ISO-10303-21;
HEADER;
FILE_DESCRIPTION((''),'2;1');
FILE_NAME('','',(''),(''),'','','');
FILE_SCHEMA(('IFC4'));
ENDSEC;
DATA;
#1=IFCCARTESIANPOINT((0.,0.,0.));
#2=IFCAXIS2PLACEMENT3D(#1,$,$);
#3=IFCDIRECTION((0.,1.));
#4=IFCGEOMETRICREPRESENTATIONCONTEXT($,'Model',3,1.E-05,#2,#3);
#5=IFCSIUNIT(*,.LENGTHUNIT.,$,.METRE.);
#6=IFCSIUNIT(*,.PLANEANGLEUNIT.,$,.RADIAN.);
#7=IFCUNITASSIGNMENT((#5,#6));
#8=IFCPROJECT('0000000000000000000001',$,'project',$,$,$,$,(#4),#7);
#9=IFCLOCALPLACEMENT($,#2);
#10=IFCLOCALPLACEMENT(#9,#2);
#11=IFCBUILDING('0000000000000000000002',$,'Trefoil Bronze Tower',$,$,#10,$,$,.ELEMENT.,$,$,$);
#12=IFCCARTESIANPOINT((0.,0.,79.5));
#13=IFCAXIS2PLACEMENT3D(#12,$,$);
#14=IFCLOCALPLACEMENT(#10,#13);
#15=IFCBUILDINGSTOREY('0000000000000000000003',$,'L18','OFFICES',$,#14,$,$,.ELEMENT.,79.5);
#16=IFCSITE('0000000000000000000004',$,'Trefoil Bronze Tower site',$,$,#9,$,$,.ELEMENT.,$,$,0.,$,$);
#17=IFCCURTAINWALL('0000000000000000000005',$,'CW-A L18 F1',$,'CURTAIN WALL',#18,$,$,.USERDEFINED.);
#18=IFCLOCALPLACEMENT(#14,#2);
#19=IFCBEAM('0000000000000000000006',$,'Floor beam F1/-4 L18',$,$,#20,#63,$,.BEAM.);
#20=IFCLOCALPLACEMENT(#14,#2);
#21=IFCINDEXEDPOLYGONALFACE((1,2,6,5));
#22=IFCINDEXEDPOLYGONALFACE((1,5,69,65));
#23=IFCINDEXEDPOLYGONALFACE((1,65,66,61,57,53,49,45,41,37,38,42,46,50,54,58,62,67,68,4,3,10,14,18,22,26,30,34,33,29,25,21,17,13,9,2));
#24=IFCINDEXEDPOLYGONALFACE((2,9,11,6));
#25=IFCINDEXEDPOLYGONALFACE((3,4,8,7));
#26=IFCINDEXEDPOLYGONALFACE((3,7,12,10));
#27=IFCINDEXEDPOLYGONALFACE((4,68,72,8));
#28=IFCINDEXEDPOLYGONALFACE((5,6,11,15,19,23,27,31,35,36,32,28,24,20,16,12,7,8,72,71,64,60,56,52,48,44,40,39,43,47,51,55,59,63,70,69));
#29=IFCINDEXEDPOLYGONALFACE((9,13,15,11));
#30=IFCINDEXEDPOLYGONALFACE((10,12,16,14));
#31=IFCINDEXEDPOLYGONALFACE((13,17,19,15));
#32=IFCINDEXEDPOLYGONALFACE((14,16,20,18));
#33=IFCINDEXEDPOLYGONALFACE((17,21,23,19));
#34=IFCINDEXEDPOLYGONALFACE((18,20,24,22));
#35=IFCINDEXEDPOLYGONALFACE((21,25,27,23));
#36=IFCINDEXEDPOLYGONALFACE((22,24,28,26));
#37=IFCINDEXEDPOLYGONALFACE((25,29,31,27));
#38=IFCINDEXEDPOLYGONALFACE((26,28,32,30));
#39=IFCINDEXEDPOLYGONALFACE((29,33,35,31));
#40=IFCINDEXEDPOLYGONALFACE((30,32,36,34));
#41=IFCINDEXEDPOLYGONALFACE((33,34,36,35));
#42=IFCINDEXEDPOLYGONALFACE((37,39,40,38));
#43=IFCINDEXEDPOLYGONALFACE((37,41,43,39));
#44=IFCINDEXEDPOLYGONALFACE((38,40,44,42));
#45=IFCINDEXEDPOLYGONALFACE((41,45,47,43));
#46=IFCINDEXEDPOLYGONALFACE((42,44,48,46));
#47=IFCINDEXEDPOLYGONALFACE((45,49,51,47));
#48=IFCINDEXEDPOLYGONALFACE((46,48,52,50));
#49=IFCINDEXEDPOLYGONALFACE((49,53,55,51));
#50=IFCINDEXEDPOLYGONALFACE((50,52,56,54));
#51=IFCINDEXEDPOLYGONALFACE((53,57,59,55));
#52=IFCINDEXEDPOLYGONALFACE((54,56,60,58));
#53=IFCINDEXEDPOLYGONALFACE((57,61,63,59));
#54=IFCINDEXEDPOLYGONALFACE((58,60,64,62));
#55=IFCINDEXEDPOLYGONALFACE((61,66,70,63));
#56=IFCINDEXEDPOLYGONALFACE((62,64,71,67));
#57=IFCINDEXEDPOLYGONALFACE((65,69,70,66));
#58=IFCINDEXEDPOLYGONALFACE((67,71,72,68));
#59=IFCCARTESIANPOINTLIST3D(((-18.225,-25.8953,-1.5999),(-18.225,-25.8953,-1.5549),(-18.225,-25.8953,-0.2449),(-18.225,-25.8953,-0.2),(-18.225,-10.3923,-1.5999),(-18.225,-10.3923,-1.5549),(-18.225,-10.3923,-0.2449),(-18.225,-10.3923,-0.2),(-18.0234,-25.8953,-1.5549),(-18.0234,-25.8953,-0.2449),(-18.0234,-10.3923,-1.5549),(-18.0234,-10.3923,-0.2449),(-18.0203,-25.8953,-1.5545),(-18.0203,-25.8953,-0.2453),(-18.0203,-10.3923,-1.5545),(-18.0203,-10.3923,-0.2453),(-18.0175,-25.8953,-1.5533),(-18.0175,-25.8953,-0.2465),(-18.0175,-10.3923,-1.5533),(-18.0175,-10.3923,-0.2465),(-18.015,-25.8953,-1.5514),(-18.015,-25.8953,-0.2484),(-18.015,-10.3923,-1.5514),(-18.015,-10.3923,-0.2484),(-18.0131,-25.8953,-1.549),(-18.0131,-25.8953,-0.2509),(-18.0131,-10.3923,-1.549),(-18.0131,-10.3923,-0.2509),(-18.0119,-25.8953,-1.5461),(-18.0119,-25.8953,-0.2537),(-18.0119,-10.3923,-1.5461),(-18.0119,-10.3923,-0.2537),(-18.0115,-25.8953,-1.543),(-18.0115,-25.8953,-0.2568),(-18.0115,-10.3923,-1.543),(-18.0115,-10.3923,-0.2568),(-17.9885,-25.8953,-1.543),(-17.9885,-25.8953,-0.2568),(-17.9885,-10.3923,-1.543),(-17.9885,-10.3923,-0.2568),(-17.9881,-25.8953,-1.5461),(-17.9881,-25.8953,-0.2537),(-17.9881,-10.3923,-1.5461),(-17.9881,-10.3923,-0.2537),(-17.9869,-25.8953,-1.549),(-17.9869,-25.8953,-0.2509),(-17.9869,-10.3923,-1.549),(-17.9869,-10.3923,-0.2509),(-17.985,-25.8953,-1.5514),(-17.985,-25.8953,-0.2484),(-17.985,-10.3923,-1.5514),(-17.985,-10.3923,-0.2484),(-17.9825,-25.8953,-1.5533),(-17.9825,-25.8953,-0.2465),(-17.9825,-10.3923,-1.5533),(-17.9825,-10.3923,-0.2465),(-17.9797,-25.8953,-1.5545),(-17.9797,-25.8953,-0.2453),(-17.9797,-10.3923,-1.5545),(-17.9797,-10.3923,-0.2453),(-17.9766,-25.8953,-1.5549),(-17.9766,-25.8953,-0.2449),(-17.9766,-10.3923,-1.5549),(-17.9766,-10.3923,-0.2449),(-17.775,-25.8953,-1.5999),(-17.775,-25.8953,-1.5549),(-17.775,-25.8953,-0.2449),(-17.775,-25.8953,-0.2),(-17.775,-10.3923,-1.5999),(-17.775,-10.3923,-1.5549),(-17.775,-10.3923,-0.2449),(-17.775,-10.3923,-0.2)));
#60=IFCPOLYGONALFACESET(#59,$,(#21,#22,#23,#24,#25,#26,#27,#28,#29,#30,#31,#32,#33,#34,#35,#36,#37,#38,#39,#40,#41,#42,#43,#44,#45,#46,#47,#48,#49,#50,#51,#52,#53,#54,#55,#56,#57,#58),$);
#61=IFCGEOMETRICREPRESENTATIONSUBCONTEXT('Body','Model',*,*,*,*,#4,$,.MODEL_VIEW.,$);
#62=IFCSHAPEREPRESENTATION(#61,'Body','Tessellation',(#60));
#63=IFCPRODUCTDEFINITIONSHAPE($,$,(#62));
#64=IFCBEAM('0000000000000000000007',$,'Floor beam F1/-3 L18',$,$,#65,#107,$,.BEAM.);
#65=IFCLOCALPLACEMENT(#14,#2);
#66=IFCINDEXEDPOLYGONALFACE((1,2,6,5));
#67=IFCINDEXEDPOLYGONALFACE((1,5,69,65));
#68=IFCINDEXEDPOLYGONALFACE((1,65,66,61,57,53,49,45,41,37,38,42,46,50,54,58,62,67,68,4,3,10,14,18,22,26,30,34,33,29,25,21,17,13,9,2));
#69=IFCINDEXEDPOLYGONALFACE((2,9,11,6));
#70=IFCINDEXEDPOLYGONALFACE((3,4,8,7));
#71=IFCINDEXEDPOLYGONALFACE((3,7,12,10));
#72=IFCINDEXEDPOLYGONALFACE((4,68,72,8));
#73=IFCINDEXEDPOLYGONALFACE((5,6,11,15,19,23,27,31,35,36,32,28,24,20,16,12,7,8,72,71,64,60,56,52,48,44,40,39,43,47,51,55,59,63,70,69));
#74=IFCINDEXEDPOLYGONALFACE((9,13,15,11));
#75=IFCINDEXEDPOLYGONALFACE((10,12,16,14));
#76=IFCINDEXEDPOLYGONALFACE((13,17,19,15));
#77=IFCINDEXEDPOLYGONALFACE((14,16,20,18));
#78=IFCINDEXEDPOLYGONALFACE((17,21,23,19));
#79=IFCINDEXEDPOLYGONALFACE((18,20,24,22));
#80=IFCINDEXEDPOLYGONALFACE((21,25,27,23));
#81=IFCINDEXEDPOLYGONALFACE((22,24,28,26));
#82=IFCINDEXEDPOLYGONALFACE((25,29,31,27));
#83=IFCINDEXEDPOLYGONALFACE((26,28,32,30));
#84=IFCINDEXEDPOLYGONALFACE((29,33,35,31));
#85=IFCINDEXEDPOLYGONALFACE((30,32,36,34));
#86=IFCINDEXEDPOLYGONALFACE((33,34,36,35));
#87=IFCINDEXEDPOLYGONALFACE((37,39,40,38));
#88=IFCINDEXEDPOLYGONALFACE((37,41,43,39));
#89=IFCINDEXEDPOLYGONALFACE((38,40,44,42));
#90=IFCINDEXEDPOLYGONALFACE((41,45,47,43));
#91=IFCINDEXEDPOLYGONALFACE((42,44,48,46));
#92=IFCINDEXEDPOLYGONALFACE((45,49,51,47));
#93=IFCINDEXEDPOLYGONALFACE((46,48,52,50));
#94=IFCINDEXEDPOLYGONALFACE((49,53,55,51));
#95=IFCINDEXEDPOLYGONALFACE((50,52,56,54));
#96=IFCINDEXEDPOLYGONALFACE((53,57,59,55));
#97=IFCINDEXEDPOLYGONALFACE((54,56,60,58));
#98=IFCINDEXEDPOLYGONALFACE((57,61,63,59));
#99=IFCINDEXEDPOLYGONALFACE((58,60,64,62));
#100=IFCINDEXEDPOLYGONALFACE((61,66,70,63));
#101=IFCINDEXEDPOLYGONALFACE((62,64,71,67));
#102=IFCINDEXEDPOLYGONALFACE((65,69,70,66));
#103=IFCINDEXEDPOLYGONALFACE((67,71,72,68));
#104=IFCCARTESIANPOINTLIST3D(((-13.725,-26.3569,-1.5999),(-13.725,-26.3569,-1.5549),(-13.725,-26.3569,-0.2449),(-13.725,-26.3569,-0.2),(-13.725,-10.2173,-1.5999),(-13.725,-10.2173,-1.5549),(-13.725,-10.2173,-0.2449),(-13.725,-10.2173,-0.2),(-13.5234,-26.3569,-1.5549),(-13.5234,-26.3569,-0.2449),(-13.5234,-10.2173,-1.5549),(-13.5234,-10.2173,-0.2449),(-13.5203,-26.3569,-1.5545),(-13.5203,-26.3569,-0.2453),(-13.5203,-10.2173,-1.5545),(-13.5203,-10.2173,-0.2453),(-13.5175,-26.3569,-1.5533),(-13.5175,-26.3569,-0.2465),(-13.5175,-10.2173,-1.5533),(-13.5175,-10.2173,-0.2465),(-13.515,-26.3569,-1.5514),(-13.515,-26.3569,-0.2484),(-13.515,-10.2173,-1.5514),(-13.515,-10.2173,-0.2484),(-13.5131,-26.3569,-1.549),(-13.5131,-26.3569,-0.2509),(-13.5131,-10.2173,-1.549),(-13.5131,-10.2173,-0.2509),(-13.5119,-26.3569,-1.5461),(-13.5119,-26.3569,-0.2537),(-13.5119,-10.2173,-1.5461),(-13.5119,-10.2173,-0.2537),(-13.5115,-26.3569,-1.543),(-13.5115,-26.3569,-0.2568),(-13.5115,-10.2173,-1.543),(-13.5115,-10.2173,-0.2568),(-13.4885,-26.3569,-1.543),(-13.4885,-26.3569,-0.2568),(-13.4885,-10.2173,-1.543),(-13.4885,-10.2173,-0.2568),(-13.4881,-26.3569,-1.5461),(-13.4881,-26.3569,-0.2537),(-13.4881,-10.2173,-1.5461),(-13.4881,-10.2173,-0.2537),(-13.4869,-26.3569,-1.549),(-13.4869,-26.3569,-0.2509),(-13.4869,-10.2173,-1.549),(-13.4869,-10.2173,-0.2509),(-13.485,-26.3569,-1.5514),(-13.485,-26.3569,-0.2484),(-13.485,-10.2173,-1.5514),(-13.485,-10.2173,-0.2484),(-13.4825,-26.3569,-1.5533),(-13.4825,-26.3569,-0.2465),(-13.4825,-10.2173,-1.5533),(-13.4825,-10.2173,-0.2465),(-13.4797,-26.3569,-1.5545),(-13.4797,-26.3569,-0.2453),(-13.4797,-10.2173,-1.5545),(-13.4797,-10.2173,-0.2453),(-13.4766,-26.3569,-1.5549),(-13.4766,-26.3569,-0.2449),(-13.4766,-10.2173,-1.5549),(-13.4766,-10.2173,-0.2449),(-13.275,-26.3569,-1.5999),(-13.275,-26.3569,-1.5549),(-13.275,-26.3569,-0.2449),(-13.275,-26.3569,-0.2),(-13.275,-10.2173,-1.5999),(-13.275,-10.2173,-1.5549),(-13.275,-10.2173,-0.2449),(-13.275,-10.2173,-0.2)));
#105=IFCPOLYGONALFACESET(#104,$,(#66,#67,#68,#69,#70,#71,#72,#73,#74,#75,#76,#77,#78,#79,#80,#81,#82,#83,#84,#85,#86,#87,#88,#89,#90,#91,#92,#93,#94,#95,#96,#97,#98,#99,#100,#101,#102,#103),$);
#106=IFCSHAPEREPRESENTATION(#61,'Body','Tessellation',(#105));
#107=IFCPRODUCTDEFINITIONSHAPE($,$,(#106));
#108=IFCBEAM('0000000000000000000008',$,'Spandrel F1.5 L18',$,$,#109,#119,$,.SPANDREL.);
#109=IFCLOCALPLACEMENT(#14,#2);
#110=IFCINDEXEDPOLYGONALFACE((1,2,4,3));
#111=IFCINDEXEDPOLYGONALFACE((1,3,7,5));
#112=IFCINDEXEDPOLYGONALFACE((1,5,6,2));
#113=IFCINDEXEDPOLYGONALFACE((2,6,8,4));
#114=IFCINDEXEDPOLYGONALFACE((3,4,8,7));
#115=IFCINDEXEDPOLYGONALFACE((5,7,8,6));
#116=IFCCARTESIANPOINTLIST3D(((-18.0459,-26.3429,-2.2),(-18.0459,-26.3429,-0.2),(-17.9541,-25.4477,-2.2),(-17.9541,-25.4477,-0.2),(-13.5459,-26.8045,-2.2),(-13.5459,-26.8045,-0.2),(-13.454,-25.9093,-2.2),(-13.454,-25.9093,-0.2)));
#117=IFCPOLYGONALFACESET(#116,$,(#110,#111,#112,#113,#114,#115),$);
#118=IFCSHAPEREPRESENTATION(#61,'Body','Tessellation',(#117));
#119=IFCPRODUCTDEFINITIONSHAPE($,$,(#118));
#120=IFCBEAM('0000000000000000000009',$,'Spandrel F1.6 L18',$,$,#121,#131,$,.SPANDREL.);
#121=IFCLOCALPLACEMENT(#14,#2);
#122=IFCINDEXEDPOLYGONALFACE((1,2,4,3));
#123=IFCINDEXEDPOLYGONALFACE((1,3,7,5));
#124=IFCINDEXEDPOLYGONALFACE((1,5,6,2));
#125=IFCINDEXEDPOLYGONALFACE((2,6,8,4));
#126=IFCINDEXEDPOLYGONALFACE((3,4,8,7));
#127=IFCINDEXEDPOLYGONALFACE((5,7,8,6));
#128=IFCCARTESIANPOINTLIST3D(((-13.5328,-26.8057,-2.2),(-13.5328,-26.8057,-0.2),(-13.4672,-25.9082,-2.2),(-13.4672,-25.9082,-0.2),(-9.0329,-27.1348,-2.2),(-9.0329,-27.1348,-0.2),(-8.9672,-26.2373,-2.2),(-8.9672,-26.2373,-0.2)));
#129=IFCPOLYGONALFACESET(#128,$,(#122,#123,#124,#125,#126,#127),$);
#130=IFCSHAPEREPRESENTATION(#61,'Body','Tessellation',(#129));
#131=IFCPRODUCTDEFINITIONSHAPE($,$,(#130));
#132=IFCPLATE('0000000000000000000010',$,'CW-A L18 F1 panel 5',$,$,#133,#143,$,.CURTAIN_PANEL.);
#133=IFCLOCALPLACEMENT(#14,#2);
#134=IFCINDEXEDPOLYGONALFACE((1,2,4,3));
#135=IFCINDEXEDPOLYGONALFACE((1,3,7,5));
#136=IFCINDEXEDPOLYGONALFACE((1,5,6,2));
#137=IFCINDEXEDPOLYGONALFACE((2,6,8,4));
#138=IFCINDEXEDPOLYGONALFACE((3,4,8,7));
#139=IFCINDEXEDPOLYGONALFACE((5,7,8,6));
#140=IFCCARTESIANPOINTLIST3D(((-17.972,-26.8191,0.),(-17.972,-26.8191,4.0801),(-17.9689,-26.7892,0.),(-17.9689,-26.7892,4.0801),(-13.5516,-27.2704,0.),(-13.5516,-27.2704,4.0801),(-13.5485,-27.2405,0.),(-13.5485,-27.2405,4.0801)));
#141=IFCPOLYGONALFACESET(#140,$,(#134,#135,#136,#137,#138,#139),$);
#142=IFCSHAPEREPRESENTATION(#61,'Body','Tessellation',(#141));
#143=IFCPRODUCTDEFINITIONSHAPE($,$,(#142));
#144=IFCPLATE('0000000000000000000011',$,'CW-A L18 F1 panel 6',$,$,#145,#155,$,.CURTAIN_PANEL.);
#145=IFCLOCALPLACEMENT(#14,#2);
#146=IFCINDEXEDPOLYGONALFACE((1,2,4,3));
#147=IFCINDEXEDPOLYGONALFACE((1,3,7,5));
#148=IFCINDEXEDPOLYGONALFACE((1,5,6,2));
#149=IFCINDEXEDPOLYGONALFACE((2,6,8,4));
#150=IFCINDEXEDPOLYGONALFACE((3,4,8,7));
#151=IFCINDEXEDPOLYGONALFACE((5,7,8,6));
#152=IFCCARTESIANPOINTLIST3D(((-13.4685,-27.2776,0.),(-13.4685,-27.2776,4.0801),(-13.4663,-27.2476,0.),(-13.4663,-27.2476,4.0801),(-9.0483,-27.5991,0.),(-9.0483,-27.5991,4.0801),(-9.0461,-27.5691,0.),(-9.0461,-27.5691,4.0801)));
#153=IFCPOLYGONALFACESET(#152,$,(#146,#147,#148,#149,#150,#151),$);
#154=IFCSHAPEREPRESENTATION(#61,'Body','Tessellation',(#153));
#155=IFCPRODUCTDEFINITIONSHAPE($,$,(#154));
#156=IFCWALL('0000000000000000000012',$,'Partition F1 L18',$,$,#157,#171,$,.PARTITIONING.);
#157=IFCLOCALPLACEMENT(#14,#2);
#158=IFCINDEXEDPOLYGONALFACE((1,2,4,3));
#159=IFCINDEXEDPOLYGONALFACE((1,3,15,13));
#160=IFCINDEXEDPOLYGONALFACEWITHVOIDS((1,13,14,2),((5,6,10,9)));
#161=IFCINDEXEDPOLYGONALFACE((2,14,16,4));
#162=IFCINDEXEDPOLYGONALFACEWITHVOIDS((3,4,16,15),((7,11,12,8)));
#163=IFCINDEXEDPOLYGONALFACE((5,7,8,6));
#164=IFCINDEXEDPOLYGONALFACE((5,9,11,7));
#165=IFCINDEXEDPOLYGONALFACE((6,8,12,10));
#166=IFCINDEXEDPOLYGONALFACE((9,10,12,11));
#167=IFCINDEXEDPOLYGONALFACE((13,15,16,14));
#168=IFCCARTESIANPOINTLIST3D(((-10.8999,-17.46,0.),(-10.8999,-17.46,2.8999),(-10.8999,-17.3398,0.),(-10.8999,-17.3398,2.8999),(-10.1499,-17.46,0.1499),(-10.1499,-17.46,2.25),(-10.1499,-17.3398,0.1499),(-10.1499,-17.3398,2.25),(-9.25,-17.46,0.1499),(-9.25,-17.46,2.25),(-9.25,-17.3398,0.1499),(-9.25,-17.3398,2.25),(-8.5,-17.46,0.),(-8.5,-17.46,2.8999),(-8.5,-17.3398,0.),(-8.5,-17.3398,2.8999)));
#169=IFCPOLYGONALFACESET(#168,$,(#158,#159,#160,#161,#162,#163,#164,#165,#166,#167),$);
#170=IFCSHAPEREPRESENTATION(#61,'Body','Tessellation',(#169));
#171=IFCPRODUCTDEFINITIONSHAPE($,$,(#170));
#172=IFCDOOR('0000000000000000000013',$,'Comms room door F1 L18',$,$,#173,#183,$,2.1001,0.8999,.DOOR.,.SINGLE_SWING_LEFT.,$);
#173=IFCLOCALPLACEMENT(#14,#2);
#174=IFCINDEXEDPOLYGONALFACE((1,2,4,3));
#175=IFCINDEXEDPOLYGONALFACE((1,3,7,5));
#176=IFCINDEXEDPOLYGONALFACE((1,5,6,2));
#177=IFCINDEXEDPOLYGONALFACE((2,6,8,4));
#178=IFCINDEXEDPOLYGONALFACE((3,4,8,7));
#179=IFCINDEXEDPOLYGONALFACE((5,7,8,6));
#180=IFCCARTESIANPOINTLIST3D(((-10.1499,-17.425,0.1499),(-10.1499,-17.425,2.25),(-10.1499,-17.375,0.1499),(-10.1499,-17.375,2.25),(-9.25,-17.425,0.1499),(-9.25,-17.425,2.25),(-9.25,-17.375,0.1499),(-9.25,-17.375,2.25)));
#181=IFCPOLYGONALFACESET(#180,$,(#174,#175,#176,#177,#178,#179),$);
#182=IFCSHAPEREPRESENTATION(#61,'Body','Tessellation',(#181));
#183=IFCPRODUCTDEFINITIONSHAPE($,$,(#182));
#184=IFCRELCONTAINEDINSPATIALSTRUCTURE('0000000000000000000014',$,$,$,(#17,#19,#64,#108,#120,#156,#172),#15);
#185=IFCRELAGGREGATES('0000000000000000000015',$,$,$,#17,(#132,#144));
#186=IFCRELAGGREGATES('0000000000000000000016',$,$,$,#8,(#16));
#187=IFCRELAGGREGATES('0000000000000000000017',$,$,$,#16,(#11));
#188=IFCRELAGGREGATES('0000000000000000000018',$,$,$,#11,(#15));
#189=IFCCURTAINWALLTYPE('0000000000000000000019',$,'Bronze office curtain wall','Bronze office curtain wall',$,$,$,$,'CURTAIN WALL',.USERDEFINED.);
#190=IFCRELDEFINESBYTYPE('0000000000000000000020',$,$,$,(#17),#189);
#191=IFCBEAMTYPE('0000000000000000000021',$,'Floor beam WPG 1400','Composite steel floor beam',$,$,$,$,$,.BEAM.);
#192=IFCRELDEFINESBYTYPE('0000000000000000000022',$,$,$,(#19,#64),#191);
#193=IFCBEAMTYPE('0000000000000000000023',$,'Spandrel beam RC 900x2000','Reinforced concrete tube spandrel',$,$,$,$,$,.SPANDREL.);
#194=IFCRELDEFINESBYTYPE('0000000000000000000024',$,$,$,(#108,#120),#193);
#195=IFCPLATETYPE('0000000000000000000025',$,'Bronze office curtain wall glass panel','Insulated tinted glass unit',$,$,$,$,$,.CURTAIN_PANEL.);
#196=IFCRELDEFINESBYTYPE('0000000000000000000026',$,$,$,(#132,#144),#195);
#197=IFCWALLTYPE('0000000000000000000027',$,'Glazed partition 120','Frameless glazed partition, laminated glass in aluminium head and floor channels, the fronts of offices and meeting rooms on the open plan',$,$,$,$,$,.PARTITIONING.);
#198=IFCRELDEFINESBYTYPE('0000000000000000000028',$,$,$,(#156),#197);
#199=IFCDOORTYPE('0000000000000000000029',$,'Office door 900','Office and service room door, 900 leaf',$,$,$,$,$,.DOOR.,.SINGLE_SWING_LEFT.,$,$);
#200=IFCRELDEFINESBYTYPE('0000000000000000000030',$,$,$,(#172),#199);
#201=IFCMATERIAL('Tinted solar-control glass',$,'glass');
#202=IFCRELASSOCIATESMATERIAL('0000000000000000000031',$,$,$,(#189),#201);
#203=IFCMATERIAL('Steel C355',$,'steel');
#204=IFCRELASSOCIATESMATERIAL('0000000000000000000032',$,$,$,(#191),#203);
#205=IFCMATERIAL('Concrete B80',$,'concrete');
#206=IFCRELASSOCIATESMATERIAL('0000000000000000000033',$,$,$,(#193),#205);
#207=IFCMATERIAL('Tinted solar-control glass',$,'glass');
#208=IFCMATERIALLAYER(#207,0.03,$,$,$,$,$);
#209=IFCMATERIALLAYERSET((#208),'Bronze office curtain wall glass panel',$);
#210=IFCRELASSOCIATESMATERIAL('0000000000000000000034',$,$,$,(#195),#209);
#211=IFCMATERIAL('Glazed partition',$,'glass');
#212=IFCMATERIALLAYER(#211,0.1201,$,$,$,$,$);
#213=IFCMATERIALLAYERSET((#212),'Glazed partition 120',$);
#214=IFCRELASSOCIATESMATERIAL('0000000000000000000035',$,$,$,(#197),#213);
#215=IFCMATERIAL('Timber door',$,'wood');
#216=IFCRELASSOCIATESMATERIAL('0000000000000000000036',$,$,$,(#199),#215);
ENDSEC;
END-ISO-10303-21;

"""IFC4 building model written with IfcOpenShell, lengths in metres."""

from ifc_helpers import new_model, si_unit, direction, frame, frame_2d, origin, origin_2d, place, context, subcontext, project, spatial, rectangle, i_section, extrude, material, layer, layer_set, material_profile, profile_set, type_object, element, fill, aggregate, save


model = new_model("IFC4")

# Units and contexts
model_context = context("Model", 3, precision=1e-05, world=origin(), true_north=direction((0.0, 1.0)))
body_context = subcontext(model_context, "Body", "Model", "MODEL_VIEW")
ifc_project = project(units=[si_unit("LENGTHUNIT", "METRE"), si_unit("PLANEANGLEUNIT", "RADIAN")], contexts=[model_context])

# Site, building, storey
site_placement = place(None, origin())
site = spatial("IfcSite", under=ifc_project, at=site_placement, Name="Trefoil Bronze Tower site", CompositionType="ELEMENT", RefElevation=0.0)
building_placement = place(site_placement, origin())
building = spatial("IfcBuilding", under=site, at=building_placement, Name="Trefoil Bronze Tower", CompositionType="ELEMENT")
storey_placement = place(building_placement, frame((0.0, 0.0, 79.5)))
storey = spatial("IfcBuildingStorey", under=building, at=storey_placement, Name="L18", Description="OFFICES", CompositionType="ELEMENT", Elevation=79.5)

# Curtain wall
ifc_material_1 = material(Name="Tinted solar-control glass", Category="glass")
curtain_wall_type = type_object("IfcCurtainWallType", Name="Bronze office curtain wall", Description="Bronze office curtain wall", ElementType="CURTAIN WALL", PredefinedType="USERDEFINED", material=ifc_material_1)
curtain_wall_placement = place(storey_placement, origin())
curtain_wall = element("IfcCurtainWall", 1, at=curtain_wall_placement, inside=storey, type_object=curtain_wall_type, Name="CW-A L18 F1", ObjectType="CURTAIN WALL", PredefinedType="USERDEFINED")

# Beams
ifc_material_2 = material(Name="Steel C355", Category="steel")
ifc_material_profile_1 = material_profile(ifc_material_2, i_section(OverallWidth=0.45, OverallDepth=1.3999, WebThickness=0.0229, FlangeThickness=0.0449, FilletRadius=0.012, at=origin_2d()), Name="WPG 1400")
ifc_profile_set_1 = profile_set([ifc_material_profile_1], Name="Steel C355")
beam_type_1 = type_object("IfcBeamType", Name="Floor beam WPG 1400", Description="Composite steel floor beam", PredefinedType="BEAM", material=ifc_profile_set_1)
beam_1_placement = place(storey_placement, frame((-18.0, -25.8953, -0.8999), z_axis=(0.0, 1.0, 0.0), x_axis=(-1.0, 0.0, 0.0)))
element("IfcBeam", 2, at=beam_1_placement, inside=storey, type_object=beam_type_1, Name="Floor beam F1/-4 L18", PredefinedType="BEAM", context=body_context, shape_type="SweptSolid", body=[
    extrude(i_section(OverallWidth=0.45, OverallDepth=1.3999, WebThickness=0.0229, FlangeThickness=0.0449, FilletRadius=0.012, at=origin_2d()), origin(), (0.0, 0.0, 1.0), 15.5029),
])
beam_2_placement = place(storey_placement, frame((-13.5, -26.3569, -0.8999), z_axis=(0.0, 1.0, 0.0), x_axis=(-1.0, 0.0, 0.0)))
element("IfcBeam", 3, at=beam_2_placement, inside=storey, type_object=beam_type_1, Name="Floor beam F1/-3 L18", PredefinedType="BEAM", context=body_context, shape_type="SweptSolid", body=[
    extrude(i_section(OverallWidth=0.45, OverallDepth=1.3999, WebThickness=0.0229, FlangeThickness=0.0449, FilletRadius=0.012, at=origin_2d()), origin(), (0.0, 0.0, 1.0), 16.1396),
])
ifc_material_3 = material(Name="Concrete B80", Category="concrete")
ifc_material_profile_2 = material_profile(ifc_material_3, rectangle(XDim=0.8999, YDim=2.0, at=origin_2d()), Name="RC 900x2000")
ifc_profile_set_2 = profile_set([ifc_material_profile_2], Name="Concrete B80")
beam_type_2 = type_object("IfcBeamType", Name="Spandrel beam RC 900x2000", Description="Reinforced concrete tube spandrel", PredefinedType="SPANDREL", material=ifc_profile_set_2)
beam_3_placement = place(storey_placement, frame((-18.0, -25.8953, -1.2), z_axis=(0.994778, -0.102058, 0.0), x_axis=(0.102058, 0.994778, 0.0)))
element("IfcBeam", 4, at=beam_3_placement, inside=storey, type_object=beam_type_2, Name="Spandrel F1.5 L18", PredefinedType="SPANDREL", context=body_context, shape_type="SweptSolid", body=[
    extrude(rectangle(XDim=0.8999, YDim=2.0, at=origin_2d()), origin(), (0.0, 0.0, 1.0), 4.5237),
])
beam_4_placement = place(storey_placement, frame((-13.5, -26.3569, -1.2), z_axis=(0.997336, -0.072939, 0.0), x_axis=(0.072939, 0.997336, 0.0)))
element("IfcBeam", 5, at=beam_4_placement, inside=storey, type_object=beam_type_2, Name="Spandrel F1.6 L18", PredefinedType="SPANDREL", context=body_context, shape_type="SweptSolid", body=[
    extrude(rectangle(XDim=0.8999, YDim=2.0, at=origin_2d()), origin(), (0.0, 0.0, 1.0), 4.512),
])

# Plates
ifc_material_4 = material(Name="Tinted solar-control glass", Category="glass")
ifc_layer_1 = layer(ifc_material_4, 0.03)
ifc_layer_set_1 = layer_set([ifc_layer_1], Name="Bronze office curtain wall glass panel")
plate_type = type_object("IfcPlateType", Name="Bronze office curtain wall glass panel", Description="Insulated tinted glass unit", PredefinedType="CURTAIN_PANEL", material=ifc_layer_set_1)
plate_1_placement = place(storey_placement, frame((-15.7603, -27.0298, 0.0), z_axis=(0.0, 0.0, 1.0), x_axis=(0.994829, -0.101565, 0.0)))
plate_1 = element("IfcPlate", 6, at=plate_1_placement, type_object=plate_type, Name="CW-A L18 F1 panel 5", PredefinedType="CURTAIN_PANEL", context=body_context, shape_type="SweptSolid", body=[
    extrude(rectangle(XDim=4.4434, YDim=0.03, at=origin_2d()), origin(), (0.0, 0.0, 1.0), 4.0801),
])
plate_2_placement = place(storey_placement, frame((-11.2573, -27.4233, 0.0), z_axis=(0.0, 0.0, 1.0), x_axis=(0.997365, -0.072547, 0.0)))
plate_2 = element("IfcPlate", 7, at=plate_2_placement, type_object=plate_type, Name="CW-A L18 F1 panel 6", PredefinedType="CURTAIN_PANEL", context=body_context, shape_type="SweptSolid", body=[
    extrude(rectangle(XDim=4.4319, YDim=0.03, at=origin_2d()), origin(), (0.0, 0.0, 1.0), 4.0801),
])
aggregate(curtain_wall, [plate_1, plate_2])

# Wall, opening, door
ifc_material_5 = material(Name="Glazed partition", Category="glass")
ifc_layer_2 = layer(ifc_material_5, 0.1201)
ifc_layer_set_2 = layer_set([ifc_layer_2], Name="Glazed partition 120")
wall_type = type_object("IfcWallType", Name="Glazed partition 120", Description="Frameless glazed partition, laminated glass in aluminium head and floor channels, the fronts of offices and meeting rooms on the open plan", PredefinedType="PARTITIONING", material=ifc_layer_set_2)
wall_1_placement = place(storey_placement, frame((-10.8999, -17.3999, 0.0), z_axis=(0.0, 0.0, 1.0), x_axis=(1.0, 0.0, 0.0)))
wall_1 = element("IfcWall", 8, at=wall_1_placement, inside=storey, type_object=wall_type, Name="Partition F1 L18", PredefinedType="PARTITIONING", context=body_context, shape_type="SweptSolid", body=[
    extrude(rectangle(XDim=2.3999, YDim=0.1201, at=frame_2d((1.2, 0.0))), origin(), (0.0, 0.0, 1.0), 2.8999),
])
opening_placement = place(wall_1_placement, frame((0.75, 0.0, 0.1499)))
opening = element("IfcOpeningElement", 9, at=opening_placement, cuts=wall_1, PredefinedType="OPENING", context=body_context, shape_type="SweptSolid", body=[
    extrude(rectangle(XDim=0.8999, YDim=2.1001, at=frame_2d((0.45, 1.05))), frame((0.0, 0.0701, 0.0), z_axis=(0.0, -1.0, 0.0), x_axis=(1.0, 0.0, 0.0)), (0.0, 0.0, 1.0), 0.1401),
])
ifc_material_6 = material(Name="Timber door", Category="wood")
door_type = type_object("IfcDoorType", Name="Office door 900", Description="Office and service room door, 900 leaf", OperationType="SINGLE_SWING_LEFT", PredefinedType="DOOR", material=ifc_material_6)
door_placement = place(opening_placement, origin())
door = element("IfcDoor", 10, at=door_placement, inside=storey, type_object=door_type, Name="Comms room door F1 L18", OperationType="SINGLE_SWING_LEFT", OverallHeight=2.1001, OverallWidth=0.8999, PredefinedType="DOOR", context=body_context, shape_type="SweptSolid", body=[
    extrude(rectangle(XDim=0.8999, YDim=2.1001, at=frame_2d((0.45, 1.05))), frame((0.0, 0.0249, 0.0), z_axis=(0.0, -1.0, 0.0), x_axis=(1.0, 0.0, 0.0)), (0.0, 0.0, 1.0), 0.05),
])
fill(opening, door)

save(model, "model.ifc")
